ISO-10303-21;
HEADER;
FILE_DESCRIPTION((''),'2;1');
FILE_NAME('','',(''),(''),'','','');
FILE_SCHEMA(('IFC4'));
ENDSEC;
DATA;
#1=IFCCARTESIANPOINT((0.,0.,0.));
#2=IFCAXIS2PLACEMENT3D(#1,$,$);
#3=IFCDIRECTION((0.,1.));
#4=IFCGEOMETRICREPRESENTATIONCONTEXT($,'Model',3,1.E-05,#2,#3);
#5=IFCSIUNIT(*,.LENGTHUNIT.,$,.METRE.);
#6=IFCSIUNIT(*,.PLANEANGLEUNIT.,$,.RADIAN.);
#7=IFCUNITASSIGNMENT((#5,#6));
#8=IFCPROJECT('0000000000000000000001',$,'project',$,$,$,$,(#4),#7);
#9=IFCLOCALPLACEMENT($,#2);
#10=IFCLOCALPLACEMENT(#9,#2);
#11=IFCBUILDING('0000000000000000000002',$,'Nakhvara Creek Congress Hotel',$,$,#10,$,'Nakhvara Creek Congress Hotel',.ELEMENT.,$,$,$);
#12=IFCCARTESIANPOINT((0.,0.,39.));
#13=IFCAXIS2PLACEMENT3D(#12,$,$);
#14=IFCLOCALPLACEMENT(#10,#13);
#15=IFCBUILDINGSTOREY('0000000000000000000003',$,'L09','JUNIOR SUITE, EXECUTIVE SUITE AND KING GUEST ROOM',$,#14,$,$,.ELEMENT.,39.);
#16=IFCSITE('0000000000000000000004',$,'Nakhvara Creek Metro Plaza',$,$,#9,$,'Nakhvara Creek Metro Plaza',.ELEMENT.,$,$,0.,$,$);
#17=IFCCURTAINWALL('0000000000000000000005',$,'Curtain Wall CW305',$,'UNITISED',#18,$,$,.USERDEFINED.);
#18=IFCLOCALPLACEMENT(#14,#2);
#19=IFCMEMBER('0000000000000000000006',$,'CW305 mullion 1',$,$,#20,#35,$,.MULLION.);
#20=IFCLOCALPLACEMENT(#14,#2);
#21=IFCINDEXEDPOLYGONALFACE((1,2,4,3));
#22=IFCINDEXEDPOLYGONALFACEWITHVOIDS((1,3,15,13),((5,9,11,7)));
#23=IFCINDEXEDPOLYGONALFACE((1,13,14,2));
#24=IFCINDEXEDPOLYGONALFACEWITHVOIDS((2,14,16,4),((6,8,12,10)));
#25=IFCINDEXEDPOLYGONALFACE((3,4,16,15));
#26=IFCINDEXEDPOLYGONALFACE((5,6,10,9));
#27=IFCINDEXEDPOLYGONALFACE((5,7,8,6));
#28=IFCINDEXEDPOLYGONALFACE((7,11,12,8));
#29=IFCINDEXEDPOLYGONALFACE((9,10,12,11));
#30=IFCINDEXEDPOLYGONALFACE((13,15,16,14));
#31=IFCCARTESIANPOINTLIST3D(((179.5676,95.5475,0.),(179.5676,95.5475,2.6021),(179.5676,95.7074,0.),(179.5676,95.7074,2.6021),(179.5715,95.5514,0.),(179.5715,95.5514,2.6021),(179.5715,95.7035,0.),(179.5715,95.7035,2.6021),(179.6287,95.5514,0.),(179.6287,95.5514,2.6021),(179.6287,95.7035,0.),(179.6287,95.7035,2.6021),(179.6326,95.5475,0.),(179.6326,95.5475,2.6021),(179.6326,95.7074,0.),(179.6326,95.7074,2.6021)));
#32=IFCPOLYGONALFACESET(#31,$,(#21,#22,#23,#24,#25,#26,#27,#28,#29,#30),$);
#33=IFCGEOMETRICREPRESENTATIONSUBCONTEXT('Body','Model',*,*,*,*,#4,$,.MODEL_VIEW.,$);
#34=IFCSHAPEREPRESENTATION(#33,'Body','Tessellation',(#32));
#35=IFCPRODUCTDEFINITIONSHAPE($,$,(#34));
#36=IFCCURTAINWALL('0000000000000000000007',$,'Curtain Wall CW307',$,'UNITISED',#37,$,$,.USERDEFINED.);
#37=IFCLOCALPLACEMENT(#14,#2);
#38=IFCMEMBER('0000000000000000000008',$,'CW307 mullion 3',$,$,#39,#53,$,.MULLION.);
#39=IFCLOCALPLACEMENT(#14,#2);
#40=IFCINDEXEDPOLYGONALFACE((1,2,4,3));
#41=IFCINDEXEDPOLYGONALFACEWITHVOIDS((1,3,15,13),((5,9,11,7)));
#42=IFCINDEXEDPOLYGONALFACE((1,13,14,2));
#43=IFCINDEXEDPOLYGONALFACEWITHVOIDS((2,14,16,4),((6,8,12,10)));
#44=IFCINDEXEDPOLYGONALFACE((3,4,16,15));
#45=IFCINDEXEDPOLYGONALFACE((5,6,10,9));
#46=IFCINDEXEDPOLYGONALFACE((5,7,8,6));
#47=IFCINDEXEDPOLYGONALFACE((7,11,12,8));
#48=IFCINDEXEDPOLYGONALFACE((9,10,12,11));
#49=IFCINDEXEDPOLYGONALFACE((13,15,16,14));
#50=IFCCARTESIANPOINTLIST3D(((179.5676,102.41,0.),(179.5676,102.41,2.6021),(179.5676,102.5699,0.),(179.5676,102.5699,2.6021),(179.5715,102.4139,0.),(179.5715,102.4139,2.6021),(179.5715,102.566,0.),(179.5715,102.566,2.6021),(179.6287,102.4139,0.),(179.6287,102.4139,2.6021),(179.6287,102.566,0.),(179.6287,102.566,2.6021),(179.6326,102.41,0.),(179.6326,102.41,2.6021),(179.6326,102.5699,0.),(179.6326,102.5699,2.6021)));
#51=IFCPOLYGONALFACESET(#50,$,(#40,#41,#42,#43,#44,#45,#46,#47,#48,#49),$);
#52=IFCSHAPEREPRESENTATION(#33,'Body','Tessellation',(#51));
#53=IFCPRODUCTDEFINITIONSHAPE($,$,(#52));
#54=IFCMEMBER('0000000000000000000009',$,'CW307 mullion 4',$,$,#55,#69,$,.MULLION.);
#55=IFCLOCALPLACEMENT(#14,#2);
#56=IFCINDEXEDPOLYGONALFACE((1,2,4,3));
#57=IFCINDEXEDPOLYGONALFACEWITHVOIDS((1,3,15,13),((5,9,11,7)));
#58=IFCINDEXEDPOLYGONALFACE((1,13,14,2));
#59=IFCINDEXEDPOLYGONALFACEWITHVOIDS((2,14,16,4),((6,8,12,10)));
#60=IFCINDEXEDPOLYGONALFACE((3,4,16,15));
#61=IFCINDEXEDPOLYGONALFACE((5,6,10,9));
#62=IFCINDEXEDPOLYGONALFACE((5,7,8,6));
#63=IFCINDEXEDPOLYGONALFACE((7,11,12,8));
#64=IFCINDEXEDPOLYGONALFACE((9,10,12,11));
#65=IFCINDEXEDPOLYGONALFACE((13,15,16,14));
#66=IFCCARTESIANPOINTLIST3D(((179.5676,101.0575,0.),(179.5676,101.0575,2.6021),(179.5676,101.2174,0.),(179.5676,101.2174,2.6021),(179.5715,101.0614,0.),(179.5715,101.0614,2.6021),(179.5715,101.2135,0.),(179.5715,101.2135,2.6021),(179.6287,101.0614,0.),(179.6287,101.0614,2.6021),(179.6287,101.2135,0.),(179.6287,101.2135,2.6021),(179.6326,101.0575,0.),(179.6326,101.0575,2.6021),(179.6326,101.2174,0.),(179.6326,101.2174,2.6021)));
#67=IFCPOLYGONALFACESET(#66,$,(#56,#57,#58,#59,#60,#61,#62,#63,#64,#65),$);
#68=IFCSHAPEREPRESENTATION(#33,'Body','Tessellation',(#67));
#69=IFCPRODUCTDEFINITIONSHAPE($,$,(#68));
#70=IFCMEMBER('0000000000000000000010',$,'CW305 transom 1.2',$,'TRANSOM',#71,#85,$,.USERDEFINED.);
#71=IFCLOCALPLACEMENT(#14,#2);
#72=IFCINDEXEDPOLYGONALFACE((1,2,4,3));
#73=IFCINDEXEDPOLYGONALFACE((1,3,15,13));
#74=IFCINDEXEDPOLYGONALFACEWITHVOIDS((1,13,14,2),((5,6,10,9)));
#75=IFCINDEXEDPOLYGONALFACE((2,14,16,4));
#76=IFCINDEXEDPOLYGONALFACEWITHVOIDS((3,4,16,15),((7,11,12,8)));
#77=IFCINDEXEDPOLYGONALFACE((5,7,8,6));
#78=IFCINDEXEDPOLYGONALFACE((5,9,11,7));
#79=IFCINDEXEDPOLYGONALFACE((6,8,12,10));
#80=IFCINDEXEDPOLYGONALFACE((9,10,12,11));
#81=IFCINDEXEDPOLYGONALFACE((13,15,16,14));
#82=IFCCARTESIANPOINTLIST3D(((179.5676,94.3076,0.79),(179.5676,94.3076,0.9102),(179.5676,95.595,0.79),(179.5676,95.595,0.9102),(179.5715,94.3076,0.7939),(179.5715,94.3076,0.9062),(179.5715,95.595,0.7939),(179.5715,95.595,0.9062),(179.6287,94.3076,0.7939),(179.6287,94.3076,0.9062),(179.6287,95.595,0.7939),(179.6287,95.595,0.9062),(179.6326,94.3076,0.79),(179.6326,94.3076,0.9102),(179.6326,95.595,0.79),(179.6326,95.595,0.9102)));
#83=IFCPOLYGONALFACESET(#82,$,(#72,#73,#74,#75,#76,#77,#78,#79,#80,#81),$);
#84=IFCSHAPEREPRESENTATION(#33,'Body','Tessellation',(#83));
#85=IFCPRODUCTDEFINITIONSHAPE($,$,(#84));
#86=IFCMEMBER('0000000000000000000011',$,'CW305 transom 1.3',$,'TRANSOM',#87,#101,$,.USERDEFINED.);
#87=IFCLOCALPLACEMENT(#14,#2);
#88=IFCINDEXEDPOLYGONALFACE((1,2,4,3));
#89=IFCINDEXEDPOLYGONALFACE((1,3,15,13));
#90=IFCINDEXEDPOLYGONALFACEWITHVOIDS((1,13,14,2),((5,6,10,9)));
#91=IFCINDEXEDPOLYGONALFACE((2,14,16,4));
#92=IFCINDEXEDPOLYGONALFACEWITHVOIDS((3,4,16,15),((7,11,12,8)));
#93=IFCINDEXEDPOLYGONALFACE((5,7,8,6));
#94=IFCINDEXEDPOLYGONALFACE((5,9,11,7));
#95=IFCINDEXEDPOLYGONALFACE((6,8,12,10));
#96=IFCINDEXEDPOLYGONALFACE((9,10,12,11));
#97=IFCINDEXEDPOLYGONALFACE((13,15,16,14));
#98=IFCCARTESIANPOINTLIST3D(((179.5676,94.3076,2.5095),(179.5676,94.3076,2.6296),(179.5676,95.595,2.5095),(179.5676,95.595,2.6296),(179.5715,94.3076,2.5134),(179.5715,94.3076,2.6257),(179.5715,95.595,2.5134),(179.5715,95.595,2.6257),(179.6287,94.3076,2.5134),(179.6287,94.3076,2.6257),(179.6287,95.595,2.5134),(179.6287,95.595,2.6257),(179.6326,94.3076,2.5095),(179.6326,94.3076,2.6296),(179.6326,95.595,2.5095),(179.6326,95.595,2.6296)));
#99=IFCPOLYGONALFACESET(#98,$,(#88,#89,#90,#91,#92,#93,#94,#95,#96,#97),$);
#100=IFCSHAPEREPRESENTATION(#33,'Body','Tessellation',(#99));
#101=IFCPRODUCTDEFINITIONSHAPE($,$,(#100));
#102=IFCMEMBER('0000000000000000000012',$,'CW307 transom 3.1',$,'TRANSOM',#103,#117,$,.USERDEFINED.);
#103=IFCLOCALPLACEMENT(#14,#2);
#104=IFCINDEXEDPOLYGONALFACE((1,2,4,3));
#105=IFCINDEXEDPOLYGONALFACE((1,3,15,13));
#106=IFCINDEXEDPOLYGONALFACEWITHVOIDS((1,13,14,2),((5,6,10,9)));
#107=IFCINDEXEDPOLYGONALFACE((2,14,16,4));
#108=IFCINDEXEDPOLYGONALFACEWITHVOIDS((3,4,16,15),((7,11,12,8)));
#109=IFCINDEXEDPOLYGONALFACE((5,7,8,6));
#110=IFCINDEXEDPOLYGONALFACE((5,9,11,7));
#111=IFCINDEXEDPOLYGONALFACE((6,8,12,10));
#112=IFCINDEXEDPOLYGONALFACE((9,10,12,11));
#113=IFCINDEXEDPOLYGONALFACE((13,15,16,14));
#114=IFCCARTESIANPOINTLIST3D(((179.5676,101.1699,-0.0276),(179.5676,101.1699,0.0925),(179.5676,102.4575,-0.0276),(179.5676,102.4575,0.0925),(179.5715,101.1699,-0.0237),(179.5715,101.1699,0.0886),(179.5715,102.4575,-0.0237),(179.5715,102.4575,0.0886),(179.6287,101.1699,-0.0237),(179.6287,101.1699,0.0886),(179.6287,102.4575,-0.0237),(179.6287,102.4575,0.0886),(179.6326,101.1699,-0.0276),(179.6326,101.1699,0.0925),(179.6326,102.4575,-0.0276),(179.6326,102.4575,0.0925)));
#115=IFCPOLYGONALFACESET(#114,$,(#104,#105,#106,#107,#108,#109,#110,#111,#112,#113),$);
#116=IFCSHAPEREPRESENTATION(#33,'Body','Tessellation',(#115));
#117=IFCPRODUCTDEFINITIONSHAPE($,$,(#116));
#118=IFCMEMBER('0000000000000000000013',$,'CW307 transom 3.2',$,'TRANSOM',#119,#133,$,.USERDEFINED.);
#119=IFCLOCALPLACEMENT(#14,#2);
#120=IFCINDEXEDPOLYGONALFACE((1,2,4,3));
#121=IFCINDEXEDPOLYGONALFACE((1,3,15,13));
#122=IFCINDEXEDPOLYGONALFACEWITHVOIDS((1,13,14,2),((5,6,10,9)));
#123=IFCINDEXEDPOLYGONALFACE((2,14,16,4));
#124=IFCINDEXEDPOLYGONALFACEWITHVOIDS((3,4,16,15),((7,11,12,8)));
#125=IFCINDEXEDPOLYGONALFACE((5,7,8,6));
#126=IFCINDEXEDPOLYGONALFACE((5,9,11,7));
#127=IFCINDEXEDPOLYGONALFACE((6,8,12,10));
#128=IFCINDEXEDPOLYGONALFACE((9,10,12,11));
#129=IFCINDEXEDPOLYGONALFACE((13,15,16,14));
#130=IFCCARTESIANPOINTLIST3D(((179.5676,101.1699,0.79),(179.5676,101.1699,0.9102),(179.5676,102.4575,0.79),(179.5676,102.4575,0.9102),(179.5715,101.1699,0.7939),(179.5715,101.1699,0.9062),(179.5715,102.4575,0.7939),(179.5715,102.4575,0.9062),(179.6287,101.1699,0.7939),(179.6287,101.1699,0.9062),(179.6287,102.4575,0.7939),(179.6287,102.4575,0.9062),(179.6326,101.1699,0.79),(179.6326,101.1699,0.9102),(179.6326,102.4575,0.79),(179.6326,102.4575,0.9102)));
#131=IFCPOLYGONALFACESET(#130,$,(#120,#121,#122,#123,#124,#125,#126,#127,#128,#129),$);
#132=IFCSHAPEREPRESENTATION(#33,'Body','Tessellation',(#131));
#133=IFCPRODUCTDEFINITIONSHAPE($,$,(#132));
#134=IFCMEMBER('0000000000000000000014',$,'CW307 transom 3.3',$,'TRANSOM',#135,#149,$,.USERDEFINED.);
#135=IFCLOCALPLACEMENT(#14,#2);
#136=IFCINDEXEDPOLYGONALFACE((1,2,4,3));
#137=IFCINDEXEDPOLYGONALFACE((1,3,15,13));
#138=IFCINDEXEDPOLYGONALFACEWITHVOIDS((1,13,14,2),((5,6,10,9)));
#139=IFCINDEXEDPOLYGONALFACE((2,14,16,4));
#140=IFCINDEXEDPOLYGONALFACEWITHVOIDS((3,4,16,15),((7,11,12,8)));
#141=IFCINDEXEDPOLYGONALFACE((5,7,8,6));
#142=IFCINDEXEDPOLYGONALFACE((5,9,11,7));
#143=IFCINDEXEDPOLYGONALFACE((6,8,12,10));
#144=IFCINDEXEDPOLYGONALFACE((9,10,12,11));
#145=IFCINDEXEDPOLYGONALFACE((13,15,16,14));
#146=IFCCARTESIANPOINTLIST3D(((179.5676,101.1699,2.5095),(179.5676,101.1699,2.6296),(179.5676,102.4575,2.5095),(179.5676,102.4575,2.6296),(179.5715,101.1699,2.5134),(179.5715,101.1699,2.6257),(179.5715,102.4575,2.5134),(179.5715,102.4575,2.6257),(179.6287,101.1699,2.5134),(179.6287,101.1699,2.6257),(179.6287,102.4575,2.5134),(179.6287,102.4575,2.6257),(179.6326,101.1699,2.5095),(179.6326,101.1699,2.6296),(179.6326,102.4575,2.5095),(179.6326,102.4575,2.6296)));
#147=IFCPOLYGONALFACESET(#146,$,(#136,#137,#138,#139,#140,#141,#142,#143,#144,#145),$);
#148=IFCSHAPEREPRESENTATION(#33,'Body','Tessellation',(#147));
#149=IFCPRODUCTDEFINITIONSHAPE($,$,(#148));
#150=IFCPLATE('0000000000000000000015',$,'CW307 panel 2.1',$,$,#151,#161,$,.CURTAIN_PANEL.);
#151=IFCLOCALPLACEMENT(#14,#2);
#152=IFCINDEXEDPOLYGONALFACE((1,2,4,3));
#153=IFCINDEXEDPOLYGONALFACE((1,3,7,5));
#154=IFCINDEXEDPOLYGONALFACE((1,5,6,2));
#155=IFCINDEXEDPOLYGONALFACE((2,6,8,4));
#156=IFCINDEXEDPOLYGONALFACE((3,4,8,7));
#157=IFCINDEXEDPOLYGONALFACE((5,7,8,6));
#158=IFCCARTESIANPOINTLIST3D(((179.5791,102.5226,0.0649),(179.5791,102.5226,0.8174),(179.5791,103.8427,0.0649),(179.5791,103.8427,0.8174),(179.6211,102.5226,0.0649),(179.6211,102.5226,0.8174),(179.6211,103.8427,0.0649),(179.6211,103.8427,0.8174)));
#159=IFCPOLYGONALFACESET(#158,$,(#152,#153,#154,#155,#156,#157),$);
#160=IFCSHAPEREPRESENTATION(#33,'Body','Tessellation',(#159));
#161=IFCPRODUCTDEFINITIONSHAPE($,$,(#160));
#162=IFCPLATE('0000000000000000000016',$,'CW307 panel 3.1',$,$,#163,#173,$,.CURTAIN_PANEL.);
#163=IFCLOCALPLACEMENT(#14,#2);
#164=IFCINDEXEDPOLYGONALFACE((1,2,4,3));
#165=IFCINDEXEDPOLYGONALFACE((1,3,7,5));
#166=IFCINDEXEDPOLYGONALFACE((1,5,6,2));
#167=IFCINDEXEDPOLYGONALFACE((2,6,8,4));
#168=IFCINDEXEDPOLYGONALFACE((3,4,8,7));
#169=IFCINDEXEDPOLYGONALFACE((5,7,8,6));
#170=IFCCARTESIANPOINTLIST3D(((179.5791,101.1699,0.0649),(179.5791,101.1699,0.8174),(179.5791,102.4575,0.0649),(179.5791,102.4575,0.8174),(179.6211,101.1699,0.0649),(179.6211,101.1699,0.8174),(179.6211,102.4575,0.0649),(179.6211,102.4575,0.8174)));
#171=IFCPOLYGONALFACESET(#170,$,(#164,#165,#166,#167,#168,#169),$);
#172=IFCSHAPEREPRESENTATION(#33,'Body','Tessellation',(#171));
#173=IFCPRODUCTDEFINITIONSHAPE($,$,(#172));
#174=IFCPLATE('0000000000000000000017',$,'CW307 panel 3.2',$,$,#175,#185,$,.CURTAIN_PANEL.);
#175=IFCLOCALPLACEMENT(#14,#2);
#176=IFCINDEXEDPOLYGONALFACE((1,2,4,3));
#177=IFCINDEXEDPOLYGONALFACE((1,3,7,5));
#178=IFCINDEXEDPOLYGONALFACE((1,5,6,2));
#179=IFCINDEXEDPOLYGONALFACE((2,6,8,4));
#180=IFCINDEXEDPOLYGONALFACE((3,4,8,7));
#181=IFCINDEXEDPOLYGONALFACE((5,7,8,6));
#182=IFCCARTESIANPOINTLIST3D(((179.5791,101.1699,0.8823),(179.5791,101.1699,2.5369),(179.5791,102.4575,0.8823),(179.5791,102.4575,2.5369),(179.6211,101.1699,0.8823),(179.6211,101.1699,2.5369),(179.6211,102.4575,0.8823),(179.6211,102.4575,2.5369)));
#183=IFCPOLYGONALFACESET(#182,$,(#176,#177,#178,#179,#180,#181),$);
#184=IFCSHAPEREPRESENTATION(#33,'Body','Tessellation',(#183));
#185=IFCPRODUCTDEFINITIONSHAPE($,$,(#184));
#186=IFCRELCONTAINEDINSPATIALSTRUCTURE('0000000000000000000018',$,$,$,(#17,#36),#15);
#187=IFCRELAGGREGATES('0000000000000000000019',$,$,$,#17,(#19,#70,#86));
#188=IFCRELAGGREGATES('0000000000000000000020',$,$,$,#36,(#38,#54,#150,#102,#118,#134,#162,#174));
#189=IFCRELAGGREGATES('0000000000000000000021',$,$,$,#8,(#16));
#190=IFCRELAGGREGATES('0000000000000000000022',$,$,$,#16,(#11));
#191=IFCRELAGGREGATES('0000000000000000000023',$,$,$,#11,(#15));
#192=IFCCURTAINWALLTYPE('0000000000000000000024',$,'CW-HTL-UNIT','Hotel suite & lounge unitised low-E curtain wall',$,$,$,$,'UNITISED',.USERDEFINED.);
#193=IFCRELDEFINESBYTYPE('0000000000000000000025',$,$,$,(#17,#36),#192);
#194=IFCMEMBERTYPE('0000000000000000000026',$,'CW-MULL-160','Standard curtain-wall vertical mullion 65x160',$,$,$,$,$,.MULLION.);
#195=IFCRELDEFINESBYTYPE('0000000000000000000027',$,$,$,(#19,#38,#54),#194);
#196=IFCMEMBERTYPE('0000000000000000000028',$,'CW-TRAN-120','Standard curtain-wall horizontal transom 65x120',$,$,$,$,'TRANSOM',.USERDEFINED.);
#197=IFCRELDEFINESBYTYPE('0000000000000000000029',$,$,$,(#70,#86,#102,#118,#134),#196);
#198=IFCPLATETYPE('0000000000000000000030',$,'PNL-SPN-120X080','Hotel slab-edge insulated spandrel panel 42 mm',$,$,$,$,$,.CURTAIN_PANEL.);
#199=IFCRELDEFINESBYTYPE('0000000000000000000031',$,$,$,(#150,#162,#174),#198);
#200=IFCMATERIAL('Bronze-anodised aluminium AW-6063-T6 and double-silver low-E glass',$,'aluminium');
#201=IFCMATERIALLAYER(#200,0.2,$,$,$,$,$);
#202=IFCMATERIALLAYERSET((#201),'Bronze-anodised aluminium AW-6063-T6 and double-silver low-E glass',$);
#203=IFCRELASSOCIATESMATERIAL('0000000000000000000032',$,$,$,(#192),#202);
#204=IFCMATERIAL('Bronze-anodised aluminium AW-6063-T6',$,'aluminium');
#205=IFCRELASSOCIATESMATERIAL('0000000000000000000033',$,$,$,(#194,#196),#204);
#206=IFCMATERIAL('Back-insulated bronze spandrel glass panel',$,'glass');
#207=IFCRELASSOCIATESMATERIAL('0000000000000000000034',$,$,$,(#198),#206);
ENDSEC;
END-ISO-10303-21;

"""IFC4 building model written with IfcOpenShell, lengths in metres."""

from ifc_helpers import new_model, si_unit, direction, frame, origin, origin_2d, place, context, subcontext, project, spatial, rectangle, hollow_rectangle, extrude, material, layer, layer_set, material_profile, profile_set, type_object, element, aggregate, save


model = new_model("IFC4")

# Units and contexts
model_context = context("Model", 3, precision=1e-05, world=origin(), true_north=direction((0.0, 1.0)))
body_context = subcontext(model_context, "Body", "Model", "MODEL_VIEW")
ifc_project = project(units=[si_unit("LENGTHUNIT", "METRE"), si_unit("PLANEANGLEUNIT", "RADIAN")], contexts=[model_context])

# Site, building, storey
site_placement = place(None, origin())
site = spatial("IfcSite", under=ifc_project, at=site_placement, Name="Nakhvara Creek Metro Plaza", LongName="Nakhvara Creek Metro Plaza", CompositionType="ELEMENT", RefElevation=0.0)
building_placement = place(site_placement, origin())
building = spatial("IfcBuilding", under=site, at=building_placement, Name="Nakhvara Creek Congress Hotel", LongName="Nakhvara Creek Congress Hotel", CompositionType="ELEMENT")
storey_placement = place(building_placement, frame((0.0, 0.0, 39.0)))
storey = spatial("IfcBuildingStorey", under=building, at=storey_placement, Name="L09", Description="JUNIOR SUITE, EXECUTIVE SUITE AND KING GUEST ROOM", CompositionType="ELEMENT", Elevation=39.0)

# Curtain wall, member
ifc_material_1 = material(Name="Bronze-anodised aluminium AW-6063-T6 and double-silver low-E glass", Category="aluminium")
ifc_layer_1 = layer(ifc_material_1, 0.2)
ifc_layer_set_1 = layer_set([ifc_layer_1], Name="Bronze-anodised aluminium AW-6063-T6 and double-silver low-E glass")
curtain_wall_type = type_object("IfcCurtainWallType", Name="CW-HTL-UNIT", Description="Hotel suite & lounge unitised low-E curtain wall", ElementType="UNITISED", PredefinedType="USERDEFINED", material=ifc_layer_set_1)
curtain_wall_1_placement = place(storey_placement, origin())
curtain_wall_1 = element("IfcCurtainWall", 1, at=curtain_wall_1_placement, inside=storey, type_object=curtain_wall_type, Name="Curtain Wall CW305", ObjectType="UNITISED", PredefinedType="USERDEFINED")
ifc_material_2 = material(Name="Bronze-anodised aluminium AW-6063-T6", Category="aluminium")
ifc_material_profile_1 = material_profile(ifc_material_2, hollow_rectangle(XDim=0.0649, YDim=0.1599, WallThickness=0.0039, at=origin_2d()), Name="ALU-MULL 65x160x4", Category="LoadBearing")
ifc_profile_set_1 = profile_set([ifc_material_profile_1], Name="Bronze-anodised aluminium AW-6063-T6")
member_type_1 = type_object("IfcMemberType", Name="CW-MULL-160", Description="Standard curtain-wall vertical mullion 65x160", PredefinedType="MULLION", material=ifc_profile_set_1)
member_1_placement = place(storey_placement, frame((179.6001, 95.6274, 0.0), z_axis=(0.0, 0.0, 1.0), x_axis=(1.0, 0.0, 0.0)))
member_1 = element("IfcMember", 2, at=member_1_placement, type_object=member_type_1, Name="CW305 mullion 1", PredefinedType="MULLION", context=body_context, shape_type="SweptSolid", body=[
    extrude(hollow_rectangle(XDim=0.0649, YDim=0.1599, WallThickness=0.0039, at=origin_2d()), origin(), (0.0, 0.0, 1.0), 2.6021),
])

# Curtain wall, members
curtain_wall_2_placement = place(storey_placement, origin())
curtain_wall_2 = element("IfcCurtainWall", 3, at=curtain_wall_2_placement, inside=storey, type_object=curtain_wall_type, Name="Curtain Wall CW307", ObjectType="UNITISED", PredefinedType="USERDEFINED")
member_2_placement = place(storey_placement, frame((179.6001, 102.49, 0.0), z_axis=(0.0, 0.0, 1.0), x_axis=(1.0, 0.0, 0.0)))
member_2 = element("IfcMember", 4, at=member_2_placement, type_object=member_type_1, Name="CW307 mullion 3", PredefinedType="MULLION", context=body_context, shape_type="SweptSolid", body=[
    extrude(hollow_rectangle(XDim=0.0649, YDim=0.1599, WallThickness=0.0039, at=origin_2d()), origin(), (0.0, 0.0, 1.0), 2.6021),
])
member_3_placement = place(storey_placement, frame((179.6001, 101.1375, 0.0), z_axis=(0.0, 0.0, 1.0), x_axis=(1.0, 0.0, 0.0)))
member_3 = element("IfcMember", 5, at=member_3_placement, type_object=member_type_1, Name="CW307 mullion 4", PredefinedType="MULLION", context=body_context, shape_type="SweptSolid", body=[
    extrude(hollow_rectangle(XDim=0.0649, YDim=0.1599, WallThickness=0.0039, at=origin_2d()), origin(), (0.0, 0.0, 1.0), 2.6021),
])

# Members
ifc_material_profile_2 = material_profile(ifc_material_2, hollow_rectangle(XDim=0.0649, YDim=0.1201, WallThickness=0.0039, at=origin_2d()), Name="ALU-TRAN 65x120x4", Category="LoadBearing")
ifc_profile_set_2 = profile_set([ifc_material_profile_2], Name="Bronze-anodised aluminium AW-6063-T6")
member_type_2 = type_object("IfcMemberType", Name="CW-TRAN-120", Description="Standard curtain-wall horizontal transom 65x120", ElementType="TRANSOM", PredefinedType="USERDEFINED", material=ifc_profile_set_2)
member_4_placement = place(storey_placement, frame((179.6001, 95.595, 0.8501), z_axis=(0.0, -1.0, 0.0), x_axis=(1.0, 0.0, 0.0)))
member_4 = element("IfcMember", 6, at=member_4_placement, type_object=member_type_2, Name="CW305 transom 1.2", ObjectType="TRANSOM", PredefinedType="USERDEFINED", context=body_context, shape_type="SweptSolid", body=[
    extrude(hollow_rectangle(XDim=0.0649, YDim=0.1201, WallThickness=0.0039, at=origin_2d()), origin(), (0.0, 0.0, 1.0), 1.2874),
])
member_5_placement = place(storey_placement, frame((179.6001, 95.595, 2.5696), z_axis=(0.0, -1.0, 0.0), x_axis=(1.0, 0.0, 0.0)))
member_5 = element("IfcMember", 7, at=member_5_placement, type_object=member_type_2, Name="CW305 transom 1.3", ObjectType="TRANSOM", PredefinedType="USERDEFINED", context=body_context, shape_type="SweptSolid", body=[
    extrude(hollow_rectangle(XDim=0.0649, YDim=0.1201, WallThickness=0.0039, at=origin_2d()), origin(), (0.0, 0.0, 1.0), 1.2874),
])
aggregate(curtain_wall_1, [member_1, member_4, member_5])
member_6_placement = place(storey_placement, frame((179.6001, 102.4575, 0.0325), z_axis=(0.0, -1.0, 0.0), x_axis=(1.0, 0.0, 0.0)))
member_6 = element("IfcMember", 8, at=member_6_placement, type_object=member_type_2, Name="CW307 transom 3.1", ObjectType="TRANSOM", PredefinedType="USERDEFINED", context=body_context, shape_type="SweptSolid", body=[
    extrude(hollow_rectangle(XDim=0.0649, YDim=0.1201, WallThickness=0.0039, at=origin_2d()), origin(), (0.0, 0.0, 1.0), 1.2876),
])
member_7_placement = place(storey_placement, frame((179.6001, 102.4575, 0.8501), z_axis=(0.0, -1.0, 0.0), x_axis=(1.0, 0.0, 0.0)))
member_7 = element("IfcMember", 9, at=member_7_placement, type_object=member_type_2, Name="CW307 transom 3.2", ObjectType="TRANSOM", PredefinedType="USERDEFINED", context=body_context, shape_type="SweptSolid", body=[
    extrude(hollow_rectangle(XDim=0.0649, YDim=0.1201, WallThickness=0.0039, at=origin_2d()), origin(), (0.0, 0.0, 1.0), 1.2876),
])
member_8_placement = place(storey_placement, frame((179.6001, 102.4575, 2.5696), z_axis=(0.0, -1.0, 0.0), x_axis=(1.0, 0.0, 0.0)))
member_8 = element("IfcMember", 10, at=member_8_placement, type_object=member_type_2, Name="CW307 transom 3.3", ObjectType="TRANSOM", PredefinedType="USERDEFINED", context=body_context, shape_type="SweptSolid", body=[
    extrude(hollow_rectangle(XDim=0.0649, YDim=0.1201, WallThickness=0.0039, at=origin_2d()), origin(), (0.0, 0.0, 1.0), 1.2876),
])

# Plates
ifc_material_3 = material(Name="Back-insulated bronze spandrel glass panel", Category="glass")
plate_type = type_object("IfcPlateType", Name="PNL-SPN-120X080", Description="Hotel slab-edge insulated spandrel panel 42 mm", PredefinedType="CURTAIN_PANEL", material=ifc_material_3)
plate_1_placement = place(storey_placement, frame((179.6001, 103.1826, 0.0649), z_axis=(0.0, 0.0, 1.0), x_axis=(0.0, -1.0, 0.0)))
plate_1 = element("IfcPlate", 11, at=plate_1_placement, type_object=plate_type, Name="CW307 panel 2.1", PredefinedType="CURTAIN_PANEL", context=body_context, shape_type="SweptSolid", body=[
    extrude(rectangle(XDim=1.3201, YDim=0.042, at=origin_2d()), origin(), (0.0, 0.0, 1.0), 0.7524),
])
plate_2_placement = place(storey_placement, frame((179.6001, 101.8137, 0.0649), z_axis=(0.0, 0.0, 1.0), x_axis=(0.0, -1.0, 0.0)))
plate_2 = element("IfcPlate", 12, at=plate_2_placement, type_object=plate_type, Name="CW307 panel 3.1", PredefinedType="CURTAIN_PANEL", context=body_context, shape_type="SweptSolid", body=[
    extrude(rectangle(XDim=1.2876, YDim=0.042, at=origin_2d()), origin(), (0.0, 0.0, 1.0), 0.7524),
])
plate_3_placement = place(storey_placement, frame((179.6001, 101.8137, 0.8823), z_axis=(0.0, 0.0, 1.0), x_axis=(0.0, -1.0, 0.0)))
plate_3 = element("IfcPlate", 13, at=plate_3_placement, type_object=plate_type, Name="CW307 panel 3.2", PredefinedType="CURTAIN_PANEL", context=body_context, shape_type="SweptSolid", body=[
    extrude(rectangle(XDim=1.2876, YDim=0.042, at=origin_2d()), origin(), (0.0, 0.0, 1.0), 1.6545),
])
aggregate(curtain_wall_2, [member_2, member_3, plate_1, member_6, member_7, member_8, plate_2, plate_3])

save(model, "model.ifc")
